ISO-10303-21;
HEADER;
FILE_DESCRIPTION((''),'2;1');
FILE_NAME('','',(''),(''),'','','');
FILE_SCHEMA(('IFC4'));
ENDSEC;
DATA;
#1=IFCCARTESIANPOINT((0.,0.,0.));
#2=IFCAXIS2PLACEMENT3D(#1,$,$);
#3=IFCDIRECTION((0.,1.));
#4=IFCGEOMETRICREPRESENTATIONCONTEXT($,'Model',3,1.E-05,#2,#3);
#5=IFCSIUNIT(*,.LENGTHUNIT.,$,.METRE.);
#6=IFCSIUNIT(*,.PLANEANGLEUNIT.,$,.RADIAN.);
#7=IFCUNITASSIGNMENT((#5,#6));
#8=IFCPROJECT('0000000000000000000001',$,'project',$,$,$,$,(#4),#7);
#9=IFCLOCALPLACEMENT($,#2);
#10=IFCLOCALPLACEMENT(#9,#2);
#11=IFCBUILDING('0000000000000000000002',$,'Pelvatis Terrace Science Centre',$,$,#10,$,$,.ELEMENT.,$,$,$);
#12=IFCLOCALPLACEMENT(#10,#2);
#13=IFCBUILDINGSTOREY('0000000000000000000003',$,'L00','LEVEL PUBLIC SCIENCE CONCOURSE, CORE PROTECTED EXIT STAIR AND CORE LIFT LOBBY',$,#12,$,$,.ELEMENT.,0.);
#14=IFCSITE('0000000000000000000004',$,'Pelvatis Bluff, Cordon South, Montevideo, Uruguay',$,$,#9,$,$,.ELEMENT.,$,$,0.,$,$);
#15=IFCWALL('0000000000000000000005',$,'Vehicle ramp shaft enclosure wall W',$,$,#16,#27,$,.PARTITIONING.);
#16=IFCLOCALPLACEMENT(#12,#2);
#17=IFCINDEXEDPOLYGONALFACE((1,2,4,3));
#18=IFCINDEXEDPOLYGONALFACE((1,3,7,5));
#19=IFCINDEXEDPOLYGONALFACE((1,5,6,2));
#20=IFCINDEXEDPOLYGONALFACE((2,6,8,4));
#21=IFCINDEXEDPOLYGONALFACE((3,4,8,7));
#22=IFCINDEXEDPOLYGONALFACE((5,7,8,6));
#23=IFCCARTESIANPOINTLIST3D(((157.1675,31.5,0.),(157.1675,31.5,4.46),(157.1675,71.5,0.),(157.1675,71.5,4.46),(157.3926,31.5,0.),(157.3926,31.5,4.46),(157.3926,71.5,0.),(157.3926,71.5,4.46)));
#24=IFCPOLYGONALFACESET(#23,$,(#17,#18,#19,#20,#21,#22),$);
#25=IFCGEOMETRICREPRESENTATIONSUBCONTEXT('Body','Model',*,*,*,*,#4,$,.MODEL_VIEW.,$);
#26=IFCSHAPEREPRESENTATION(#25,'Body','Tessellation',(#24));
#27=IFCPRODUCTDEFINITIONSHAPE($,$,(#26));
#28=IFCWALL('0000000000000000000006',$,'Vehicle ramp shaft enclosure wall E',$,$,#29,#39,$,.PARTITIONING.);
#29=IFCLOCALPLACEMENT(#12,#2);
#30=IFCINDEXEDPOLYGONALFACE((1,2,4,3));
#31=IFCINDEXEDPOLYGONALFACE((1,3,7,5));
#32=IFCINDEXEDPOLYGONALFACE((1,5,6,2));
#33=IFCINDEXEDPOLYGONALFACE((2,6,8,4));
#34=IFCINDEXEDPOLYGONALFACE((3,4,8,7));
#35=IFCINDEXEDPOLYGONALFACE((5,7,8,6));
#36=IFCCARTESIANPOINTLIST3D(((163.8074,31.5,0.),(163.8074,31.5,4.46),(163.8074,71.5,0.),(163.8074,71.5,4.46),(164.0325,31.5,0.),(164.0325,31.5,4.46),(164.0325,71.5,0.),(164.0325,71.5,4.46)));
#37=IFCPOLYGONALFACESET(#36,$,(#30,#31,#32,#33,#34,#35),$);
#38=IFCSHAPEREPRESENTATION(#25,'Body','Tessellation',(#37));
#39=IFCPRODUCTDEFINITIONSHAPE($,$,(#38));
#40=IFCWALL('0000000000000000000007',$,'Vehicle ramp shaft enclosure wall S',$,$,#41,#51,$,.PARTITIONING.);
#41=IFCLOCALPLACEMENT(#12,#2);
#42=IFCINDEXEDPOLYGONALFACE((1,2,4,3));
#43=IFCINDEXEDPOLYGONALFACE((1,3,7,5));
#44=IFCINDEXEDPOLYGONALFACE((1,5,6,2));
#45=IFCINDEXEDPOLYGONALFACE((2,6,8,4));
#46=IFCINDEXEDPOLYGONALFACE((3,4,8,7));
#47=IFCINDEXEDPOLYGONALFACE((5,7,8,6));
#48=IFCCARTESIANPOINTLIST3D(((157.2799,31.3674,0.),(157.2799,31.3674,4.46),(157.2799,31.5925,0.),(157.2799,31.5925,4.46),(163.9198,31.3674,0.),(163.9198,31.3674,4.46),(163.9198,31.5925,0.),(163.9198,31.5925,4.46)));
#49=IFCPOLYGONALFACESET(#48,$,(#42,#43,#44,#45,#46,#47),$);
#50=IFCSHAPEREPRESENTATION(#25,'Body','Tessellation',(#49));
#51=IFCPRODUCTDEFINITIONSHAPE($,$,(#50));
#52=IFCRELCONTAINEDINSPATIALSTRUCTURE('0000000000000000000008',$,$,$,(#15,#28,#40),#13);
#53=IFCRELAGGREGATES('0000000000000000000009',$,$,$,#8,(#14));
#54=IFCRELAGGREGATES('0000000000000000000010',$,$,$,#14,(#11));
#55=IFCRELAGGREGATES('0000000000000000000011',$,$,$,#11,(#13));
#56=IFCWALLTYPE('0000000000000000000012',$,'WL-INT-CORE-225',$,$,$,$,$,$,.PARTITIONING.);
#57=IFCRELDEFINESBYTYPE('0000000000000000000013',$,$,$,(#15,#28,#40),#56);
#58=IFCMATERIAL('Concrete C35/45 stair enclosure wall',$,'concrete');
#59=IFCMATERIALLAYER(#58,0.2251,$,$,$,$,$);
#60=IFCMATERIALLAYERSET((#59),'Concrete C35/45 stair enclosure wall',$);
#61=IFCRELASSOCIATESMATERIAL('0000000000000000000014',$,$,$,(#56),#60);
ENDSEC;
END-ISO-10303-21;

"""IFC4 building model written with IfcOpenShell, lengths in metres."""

from ifc_helpers import new_model, si_unit, direction, frame, frame_2d, origin, place, context, subcontext, project, spatial, rectangle, extrude, material, layer, layer_set, type_object, element, save


model = new_model("IFC4")

# Units and contexts
model_context = context("Model", 3, precision=1e-05, world=origin(), true_north=direction((0.0, 1.0)))
body_context = subcontext(model_context, "Body", "Model", "MODEL_VIEW")
ifc_project = project(units=[si_unit("LENGTHUNIT", "METRE"), si_unit("PLANEANGLEUNIT", "RADIAN")], contexts=[model_context])

# Site, building, storey
site_placement = place(None, origin())
site = spatial("IfcSite", under=ifc_project, at=site_placement, Name="Pelvatis Bluff, Cordon South, Montevideo, Uruguay", CompositionType="ELEMENT", RefElevation=0.0)
building_placement = place(site_placement, origin())
building = spatial("IfcBuilding", under=site, at=building_placement, Name="Pelvatis Terrace Science Centre", CompositionType="ELEMENT")
storey_placement = place(building_placement, origin())
storey = spatial("IfcBuildingStorey", under=building, at=storey_placement, Name="L00", Description="LEVEL PUBLIC SCIENCE CONCOURSE, CORE PROTECTED EXIT STAIR AND CORE LIFT LOBBY", CompositionType="ELEMENT", Elevation=0.0)

# Walls
ifc_material_1 = material(Name="Concrete C35/45 stair enclosure wall", Category="concrete")
ifc_layer_1 = layer(ifc_material_1, 0.2251)
ifc_layer_set_1 = layer_set([ifc_layer_1], Name="Concrete C35/45 stair enclosure wall")
wall_type_1 = type_object("IfcWallType", Name="WL-INT-CORE-225", PredefinedType="PARTITIONING", material=ifc_layer_set_1)
for number, where, z_axis, x_axis, name in (
    (1, (157.28, 31.5, 0.0), (0.0, 0.0, 1.0), (0.0, 1.0, 0.0), "Vehicle ramp shaft enclosure wall W"),
    (2, (163.9199, 31.5, 0.0), (0.0, 0.0, 1.0), (0.0, 1.0, 0.0), "Vehicle ramp shaft enclosure wall E"),
):
    element("IfcWall", number, at=place(storey_placement, frame(where, z_axis=z_axis, x_axis=x_axis)), inside=storey, type_object=wall_type_1, Name=name, PredefinedType="PARTITIONING", context=body_context, shape_type="SweptSolid", body=[
        extrude(rectangle(XDim=40.0, YDim=0.2251, at=frame_2d((20.0, 0.0))), origin(), (0.0, 0.0, 1.0), 4.46),
    ])
wall_1_placement = place(storey_placement, frame((157.28, 31.48, 0.0), z_axis=(0.0, 0.0, 1.0), x_axis=(1.0, 0.0, 0.0)))
element("IfcWall", 3, at=wall_1_placement, inside=storey, type_object=wall_type_1, Name="Vehicle ramp shaft enclosure wall S", PredefinedType="PARTITIONING", context=body_context, shape_type="SweptSolid", body=[
    extrude(rectangle(XDim=6.6399, YDim=0.2251, at=frame_2d((3.3198, 0.0))), origin(), (0.0, 0.0, 1.0), 4.46),
])

save(model, "model.ifc")
